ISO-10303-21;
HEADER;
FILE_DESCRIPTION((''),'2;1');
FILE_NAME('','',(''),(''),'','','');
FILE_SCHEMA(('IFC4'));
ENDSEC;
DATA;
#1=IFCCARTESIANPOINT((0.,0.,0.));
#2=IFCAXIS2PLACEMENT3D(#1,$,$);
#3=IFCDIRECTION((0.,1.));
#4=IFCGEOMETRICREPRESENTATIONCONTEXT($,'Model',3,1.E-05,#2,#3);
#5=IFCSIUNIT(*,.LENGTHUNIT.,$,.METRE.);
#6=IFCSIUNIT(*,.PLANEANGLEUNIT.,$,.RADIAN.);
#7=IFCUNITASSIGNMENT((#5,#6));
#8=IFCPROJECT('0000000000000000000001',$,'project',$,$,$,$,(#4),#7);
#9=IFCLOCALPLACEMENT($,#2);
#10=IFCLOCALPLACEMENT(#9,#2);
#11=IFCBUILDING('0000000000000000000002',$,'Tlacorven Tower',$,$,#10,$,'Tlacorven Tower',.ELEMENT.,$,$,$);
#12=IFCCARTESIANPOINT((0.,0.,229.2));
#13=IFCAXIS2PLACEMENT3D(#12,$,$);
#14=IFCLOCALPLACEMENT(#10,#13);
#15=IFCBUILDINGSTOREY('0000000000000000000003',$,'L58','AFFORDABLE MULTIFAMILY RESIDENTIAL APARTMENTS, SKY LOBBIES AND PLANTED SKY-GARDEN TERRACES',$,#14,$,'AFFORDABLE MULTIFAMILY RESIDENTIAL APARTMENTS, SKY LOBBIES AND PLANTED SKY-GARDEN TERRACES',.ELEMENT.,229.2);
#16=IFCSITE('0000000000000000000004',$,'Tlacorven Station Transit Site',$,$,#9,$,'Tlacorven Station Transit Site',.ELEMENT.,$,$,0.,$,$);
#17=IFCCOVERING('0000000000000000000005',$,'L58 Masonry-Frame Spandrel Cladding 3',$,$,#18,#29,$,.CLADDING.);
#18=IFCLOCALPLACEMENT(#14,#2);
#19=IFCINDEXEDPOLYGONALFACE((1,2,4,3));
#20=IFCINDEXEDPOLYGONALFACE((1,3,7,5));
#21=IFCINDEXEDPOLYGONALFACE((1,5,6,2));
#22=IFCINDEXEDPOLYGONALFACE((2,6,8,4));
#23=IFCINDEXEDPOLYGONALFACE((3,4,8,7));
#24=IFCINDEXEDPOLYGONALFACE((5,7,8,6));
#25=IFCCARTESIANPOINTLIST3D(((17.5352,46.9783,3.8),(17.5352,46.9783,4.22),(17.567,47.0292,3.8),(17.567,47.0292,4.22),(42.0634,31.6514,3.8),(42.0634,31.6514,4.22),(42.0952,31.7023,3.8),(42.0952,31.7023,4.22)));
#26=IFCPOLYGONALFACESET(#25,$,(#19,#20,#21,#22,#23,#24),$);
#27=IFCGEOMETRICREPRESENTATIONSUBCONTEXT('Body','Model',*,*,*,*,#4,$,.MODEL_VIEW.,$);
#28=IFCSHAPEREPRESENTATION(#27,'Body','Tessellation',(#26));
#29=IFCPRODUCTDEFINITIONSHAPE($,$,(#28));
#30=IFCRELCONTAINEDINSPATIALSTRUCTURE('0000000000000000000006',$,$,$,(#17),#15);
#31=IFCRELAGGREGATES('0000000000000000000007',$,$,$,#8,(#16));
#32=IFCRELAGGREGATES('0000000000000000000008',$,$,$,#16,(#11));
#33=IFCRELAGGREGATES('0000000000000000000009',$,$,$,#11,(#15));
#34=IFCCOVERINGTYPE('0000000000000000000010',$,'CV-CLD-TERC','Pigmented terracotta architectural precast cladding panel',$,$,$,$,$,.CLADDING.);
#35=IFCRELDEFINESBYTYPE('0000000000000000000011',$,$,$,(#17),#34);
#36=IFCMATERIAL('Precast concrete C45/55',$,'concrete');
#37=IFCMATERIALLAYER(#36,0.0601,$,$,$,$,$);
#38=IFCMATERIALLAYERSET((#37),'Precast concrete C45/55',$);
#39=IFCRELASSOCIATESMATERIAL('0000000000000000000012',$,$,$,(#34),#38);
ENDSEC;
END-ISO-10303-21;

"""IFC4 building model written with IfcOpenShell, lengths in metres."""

from ifc_helpers import new_model, si_unit, direction, frame, origin, origin_2d, place, context, subcontext, project, spatial, rectangle, extrude, source, transform, mapped, material, layer, layer_set, type_object, element, save


model = new_model("IFC4")

# Units and contexts
model_context = context("Model", 3, precision=1e-05, world=origin(), true_north=direction((0.0, 1.0)))
body_context = subcontext(model_context, "Body", "Model", "MODEL_VIEW")
ifc_project = project(units=[si_unit("LENGTHUNIT", "METRE"), si_unit("PLANEANGLEUNIT", "RADIAN")], contexts=[model_context])

# Site, building, storey
site_placement = place(None, origin())
site = spatial("IfcSite", under=ifc_project, at=site_placement, Name="Tlacorven Station Transit Site", LongName="Tlacorven Station Transit Site", CompositionType="ELEMENT", RefElevation=0.0)
building_placement = place(site_placement, origin())
building = spatial("IfcBuilding", under=site, at=building_placement, Name="Tlacorven Tower", LongName="Tlacorven Tower", CompositionType="ELEMENT")
storey_placement = place(building_placement, frame((0.0, 0.0, 229.2)))
storey = spatial("IfcBuildingStorey", under=building, at=storey_placement, Name="L58", Description="AFFORDABLE MULTIFAMILY RESIDENTIAL APARTMENTS, SKY LOBBIES AND PLANTED SKY-GARDEN TERRACES", LongName="AFFORDABLE MULTIFAMILY RESIDENTIAL APARTMENTS, SKY LOBBIES AND PLANTED SKY-GARDEN TERRACES", CompositionType="ELEMENT", Elevation=229.2)

# Covering
ifc_material_1 = material(Name="Precast concrete C45/55", Category="concrete")
ifc_layer_1 = layer(ifc_material_1, 0.0601)
ifc_layer_set_1 = layer_set([ifc_layer_1], Name="Precast concrete C45/55")
covering_type = type_object("IfcCoveringType", Name="CV-CLD-TERC", Description="Pigmented terracotta architectural precast cladding panel", PredefinedType="CLADDING", material=ifc_layer_set_1)
shared_shape_1 = source(origin(), body_context, "Body", "SweptSolid", [
    extrude(rectangle(XDim=28.9231, YDim=0.0601, at=origin_2d()), origin(), (0.0, 0.0, 1.0), 0.4199),
])
covering_placement = place(storey_placement, frame((29.8152, 39.3403, 3.8), z_axis=(0.0, 0.0, 1.0), x_axis=(0.848048, -0.529919, 0.0)))
element("IfcCovering", 1, at=covering_placement, inside=storey, type_object=covering_type, Name="L58 Masonry-Frame Spandrel Cladding 3", PredefinedType="CLADDING", context=body_context, shape_type="MappedRepresentation", body=[
    mapped(shared_shape_1, transform((0.0, 0.0, 0.0), scale=1.0)),
])

save(model, "model.ifc")
